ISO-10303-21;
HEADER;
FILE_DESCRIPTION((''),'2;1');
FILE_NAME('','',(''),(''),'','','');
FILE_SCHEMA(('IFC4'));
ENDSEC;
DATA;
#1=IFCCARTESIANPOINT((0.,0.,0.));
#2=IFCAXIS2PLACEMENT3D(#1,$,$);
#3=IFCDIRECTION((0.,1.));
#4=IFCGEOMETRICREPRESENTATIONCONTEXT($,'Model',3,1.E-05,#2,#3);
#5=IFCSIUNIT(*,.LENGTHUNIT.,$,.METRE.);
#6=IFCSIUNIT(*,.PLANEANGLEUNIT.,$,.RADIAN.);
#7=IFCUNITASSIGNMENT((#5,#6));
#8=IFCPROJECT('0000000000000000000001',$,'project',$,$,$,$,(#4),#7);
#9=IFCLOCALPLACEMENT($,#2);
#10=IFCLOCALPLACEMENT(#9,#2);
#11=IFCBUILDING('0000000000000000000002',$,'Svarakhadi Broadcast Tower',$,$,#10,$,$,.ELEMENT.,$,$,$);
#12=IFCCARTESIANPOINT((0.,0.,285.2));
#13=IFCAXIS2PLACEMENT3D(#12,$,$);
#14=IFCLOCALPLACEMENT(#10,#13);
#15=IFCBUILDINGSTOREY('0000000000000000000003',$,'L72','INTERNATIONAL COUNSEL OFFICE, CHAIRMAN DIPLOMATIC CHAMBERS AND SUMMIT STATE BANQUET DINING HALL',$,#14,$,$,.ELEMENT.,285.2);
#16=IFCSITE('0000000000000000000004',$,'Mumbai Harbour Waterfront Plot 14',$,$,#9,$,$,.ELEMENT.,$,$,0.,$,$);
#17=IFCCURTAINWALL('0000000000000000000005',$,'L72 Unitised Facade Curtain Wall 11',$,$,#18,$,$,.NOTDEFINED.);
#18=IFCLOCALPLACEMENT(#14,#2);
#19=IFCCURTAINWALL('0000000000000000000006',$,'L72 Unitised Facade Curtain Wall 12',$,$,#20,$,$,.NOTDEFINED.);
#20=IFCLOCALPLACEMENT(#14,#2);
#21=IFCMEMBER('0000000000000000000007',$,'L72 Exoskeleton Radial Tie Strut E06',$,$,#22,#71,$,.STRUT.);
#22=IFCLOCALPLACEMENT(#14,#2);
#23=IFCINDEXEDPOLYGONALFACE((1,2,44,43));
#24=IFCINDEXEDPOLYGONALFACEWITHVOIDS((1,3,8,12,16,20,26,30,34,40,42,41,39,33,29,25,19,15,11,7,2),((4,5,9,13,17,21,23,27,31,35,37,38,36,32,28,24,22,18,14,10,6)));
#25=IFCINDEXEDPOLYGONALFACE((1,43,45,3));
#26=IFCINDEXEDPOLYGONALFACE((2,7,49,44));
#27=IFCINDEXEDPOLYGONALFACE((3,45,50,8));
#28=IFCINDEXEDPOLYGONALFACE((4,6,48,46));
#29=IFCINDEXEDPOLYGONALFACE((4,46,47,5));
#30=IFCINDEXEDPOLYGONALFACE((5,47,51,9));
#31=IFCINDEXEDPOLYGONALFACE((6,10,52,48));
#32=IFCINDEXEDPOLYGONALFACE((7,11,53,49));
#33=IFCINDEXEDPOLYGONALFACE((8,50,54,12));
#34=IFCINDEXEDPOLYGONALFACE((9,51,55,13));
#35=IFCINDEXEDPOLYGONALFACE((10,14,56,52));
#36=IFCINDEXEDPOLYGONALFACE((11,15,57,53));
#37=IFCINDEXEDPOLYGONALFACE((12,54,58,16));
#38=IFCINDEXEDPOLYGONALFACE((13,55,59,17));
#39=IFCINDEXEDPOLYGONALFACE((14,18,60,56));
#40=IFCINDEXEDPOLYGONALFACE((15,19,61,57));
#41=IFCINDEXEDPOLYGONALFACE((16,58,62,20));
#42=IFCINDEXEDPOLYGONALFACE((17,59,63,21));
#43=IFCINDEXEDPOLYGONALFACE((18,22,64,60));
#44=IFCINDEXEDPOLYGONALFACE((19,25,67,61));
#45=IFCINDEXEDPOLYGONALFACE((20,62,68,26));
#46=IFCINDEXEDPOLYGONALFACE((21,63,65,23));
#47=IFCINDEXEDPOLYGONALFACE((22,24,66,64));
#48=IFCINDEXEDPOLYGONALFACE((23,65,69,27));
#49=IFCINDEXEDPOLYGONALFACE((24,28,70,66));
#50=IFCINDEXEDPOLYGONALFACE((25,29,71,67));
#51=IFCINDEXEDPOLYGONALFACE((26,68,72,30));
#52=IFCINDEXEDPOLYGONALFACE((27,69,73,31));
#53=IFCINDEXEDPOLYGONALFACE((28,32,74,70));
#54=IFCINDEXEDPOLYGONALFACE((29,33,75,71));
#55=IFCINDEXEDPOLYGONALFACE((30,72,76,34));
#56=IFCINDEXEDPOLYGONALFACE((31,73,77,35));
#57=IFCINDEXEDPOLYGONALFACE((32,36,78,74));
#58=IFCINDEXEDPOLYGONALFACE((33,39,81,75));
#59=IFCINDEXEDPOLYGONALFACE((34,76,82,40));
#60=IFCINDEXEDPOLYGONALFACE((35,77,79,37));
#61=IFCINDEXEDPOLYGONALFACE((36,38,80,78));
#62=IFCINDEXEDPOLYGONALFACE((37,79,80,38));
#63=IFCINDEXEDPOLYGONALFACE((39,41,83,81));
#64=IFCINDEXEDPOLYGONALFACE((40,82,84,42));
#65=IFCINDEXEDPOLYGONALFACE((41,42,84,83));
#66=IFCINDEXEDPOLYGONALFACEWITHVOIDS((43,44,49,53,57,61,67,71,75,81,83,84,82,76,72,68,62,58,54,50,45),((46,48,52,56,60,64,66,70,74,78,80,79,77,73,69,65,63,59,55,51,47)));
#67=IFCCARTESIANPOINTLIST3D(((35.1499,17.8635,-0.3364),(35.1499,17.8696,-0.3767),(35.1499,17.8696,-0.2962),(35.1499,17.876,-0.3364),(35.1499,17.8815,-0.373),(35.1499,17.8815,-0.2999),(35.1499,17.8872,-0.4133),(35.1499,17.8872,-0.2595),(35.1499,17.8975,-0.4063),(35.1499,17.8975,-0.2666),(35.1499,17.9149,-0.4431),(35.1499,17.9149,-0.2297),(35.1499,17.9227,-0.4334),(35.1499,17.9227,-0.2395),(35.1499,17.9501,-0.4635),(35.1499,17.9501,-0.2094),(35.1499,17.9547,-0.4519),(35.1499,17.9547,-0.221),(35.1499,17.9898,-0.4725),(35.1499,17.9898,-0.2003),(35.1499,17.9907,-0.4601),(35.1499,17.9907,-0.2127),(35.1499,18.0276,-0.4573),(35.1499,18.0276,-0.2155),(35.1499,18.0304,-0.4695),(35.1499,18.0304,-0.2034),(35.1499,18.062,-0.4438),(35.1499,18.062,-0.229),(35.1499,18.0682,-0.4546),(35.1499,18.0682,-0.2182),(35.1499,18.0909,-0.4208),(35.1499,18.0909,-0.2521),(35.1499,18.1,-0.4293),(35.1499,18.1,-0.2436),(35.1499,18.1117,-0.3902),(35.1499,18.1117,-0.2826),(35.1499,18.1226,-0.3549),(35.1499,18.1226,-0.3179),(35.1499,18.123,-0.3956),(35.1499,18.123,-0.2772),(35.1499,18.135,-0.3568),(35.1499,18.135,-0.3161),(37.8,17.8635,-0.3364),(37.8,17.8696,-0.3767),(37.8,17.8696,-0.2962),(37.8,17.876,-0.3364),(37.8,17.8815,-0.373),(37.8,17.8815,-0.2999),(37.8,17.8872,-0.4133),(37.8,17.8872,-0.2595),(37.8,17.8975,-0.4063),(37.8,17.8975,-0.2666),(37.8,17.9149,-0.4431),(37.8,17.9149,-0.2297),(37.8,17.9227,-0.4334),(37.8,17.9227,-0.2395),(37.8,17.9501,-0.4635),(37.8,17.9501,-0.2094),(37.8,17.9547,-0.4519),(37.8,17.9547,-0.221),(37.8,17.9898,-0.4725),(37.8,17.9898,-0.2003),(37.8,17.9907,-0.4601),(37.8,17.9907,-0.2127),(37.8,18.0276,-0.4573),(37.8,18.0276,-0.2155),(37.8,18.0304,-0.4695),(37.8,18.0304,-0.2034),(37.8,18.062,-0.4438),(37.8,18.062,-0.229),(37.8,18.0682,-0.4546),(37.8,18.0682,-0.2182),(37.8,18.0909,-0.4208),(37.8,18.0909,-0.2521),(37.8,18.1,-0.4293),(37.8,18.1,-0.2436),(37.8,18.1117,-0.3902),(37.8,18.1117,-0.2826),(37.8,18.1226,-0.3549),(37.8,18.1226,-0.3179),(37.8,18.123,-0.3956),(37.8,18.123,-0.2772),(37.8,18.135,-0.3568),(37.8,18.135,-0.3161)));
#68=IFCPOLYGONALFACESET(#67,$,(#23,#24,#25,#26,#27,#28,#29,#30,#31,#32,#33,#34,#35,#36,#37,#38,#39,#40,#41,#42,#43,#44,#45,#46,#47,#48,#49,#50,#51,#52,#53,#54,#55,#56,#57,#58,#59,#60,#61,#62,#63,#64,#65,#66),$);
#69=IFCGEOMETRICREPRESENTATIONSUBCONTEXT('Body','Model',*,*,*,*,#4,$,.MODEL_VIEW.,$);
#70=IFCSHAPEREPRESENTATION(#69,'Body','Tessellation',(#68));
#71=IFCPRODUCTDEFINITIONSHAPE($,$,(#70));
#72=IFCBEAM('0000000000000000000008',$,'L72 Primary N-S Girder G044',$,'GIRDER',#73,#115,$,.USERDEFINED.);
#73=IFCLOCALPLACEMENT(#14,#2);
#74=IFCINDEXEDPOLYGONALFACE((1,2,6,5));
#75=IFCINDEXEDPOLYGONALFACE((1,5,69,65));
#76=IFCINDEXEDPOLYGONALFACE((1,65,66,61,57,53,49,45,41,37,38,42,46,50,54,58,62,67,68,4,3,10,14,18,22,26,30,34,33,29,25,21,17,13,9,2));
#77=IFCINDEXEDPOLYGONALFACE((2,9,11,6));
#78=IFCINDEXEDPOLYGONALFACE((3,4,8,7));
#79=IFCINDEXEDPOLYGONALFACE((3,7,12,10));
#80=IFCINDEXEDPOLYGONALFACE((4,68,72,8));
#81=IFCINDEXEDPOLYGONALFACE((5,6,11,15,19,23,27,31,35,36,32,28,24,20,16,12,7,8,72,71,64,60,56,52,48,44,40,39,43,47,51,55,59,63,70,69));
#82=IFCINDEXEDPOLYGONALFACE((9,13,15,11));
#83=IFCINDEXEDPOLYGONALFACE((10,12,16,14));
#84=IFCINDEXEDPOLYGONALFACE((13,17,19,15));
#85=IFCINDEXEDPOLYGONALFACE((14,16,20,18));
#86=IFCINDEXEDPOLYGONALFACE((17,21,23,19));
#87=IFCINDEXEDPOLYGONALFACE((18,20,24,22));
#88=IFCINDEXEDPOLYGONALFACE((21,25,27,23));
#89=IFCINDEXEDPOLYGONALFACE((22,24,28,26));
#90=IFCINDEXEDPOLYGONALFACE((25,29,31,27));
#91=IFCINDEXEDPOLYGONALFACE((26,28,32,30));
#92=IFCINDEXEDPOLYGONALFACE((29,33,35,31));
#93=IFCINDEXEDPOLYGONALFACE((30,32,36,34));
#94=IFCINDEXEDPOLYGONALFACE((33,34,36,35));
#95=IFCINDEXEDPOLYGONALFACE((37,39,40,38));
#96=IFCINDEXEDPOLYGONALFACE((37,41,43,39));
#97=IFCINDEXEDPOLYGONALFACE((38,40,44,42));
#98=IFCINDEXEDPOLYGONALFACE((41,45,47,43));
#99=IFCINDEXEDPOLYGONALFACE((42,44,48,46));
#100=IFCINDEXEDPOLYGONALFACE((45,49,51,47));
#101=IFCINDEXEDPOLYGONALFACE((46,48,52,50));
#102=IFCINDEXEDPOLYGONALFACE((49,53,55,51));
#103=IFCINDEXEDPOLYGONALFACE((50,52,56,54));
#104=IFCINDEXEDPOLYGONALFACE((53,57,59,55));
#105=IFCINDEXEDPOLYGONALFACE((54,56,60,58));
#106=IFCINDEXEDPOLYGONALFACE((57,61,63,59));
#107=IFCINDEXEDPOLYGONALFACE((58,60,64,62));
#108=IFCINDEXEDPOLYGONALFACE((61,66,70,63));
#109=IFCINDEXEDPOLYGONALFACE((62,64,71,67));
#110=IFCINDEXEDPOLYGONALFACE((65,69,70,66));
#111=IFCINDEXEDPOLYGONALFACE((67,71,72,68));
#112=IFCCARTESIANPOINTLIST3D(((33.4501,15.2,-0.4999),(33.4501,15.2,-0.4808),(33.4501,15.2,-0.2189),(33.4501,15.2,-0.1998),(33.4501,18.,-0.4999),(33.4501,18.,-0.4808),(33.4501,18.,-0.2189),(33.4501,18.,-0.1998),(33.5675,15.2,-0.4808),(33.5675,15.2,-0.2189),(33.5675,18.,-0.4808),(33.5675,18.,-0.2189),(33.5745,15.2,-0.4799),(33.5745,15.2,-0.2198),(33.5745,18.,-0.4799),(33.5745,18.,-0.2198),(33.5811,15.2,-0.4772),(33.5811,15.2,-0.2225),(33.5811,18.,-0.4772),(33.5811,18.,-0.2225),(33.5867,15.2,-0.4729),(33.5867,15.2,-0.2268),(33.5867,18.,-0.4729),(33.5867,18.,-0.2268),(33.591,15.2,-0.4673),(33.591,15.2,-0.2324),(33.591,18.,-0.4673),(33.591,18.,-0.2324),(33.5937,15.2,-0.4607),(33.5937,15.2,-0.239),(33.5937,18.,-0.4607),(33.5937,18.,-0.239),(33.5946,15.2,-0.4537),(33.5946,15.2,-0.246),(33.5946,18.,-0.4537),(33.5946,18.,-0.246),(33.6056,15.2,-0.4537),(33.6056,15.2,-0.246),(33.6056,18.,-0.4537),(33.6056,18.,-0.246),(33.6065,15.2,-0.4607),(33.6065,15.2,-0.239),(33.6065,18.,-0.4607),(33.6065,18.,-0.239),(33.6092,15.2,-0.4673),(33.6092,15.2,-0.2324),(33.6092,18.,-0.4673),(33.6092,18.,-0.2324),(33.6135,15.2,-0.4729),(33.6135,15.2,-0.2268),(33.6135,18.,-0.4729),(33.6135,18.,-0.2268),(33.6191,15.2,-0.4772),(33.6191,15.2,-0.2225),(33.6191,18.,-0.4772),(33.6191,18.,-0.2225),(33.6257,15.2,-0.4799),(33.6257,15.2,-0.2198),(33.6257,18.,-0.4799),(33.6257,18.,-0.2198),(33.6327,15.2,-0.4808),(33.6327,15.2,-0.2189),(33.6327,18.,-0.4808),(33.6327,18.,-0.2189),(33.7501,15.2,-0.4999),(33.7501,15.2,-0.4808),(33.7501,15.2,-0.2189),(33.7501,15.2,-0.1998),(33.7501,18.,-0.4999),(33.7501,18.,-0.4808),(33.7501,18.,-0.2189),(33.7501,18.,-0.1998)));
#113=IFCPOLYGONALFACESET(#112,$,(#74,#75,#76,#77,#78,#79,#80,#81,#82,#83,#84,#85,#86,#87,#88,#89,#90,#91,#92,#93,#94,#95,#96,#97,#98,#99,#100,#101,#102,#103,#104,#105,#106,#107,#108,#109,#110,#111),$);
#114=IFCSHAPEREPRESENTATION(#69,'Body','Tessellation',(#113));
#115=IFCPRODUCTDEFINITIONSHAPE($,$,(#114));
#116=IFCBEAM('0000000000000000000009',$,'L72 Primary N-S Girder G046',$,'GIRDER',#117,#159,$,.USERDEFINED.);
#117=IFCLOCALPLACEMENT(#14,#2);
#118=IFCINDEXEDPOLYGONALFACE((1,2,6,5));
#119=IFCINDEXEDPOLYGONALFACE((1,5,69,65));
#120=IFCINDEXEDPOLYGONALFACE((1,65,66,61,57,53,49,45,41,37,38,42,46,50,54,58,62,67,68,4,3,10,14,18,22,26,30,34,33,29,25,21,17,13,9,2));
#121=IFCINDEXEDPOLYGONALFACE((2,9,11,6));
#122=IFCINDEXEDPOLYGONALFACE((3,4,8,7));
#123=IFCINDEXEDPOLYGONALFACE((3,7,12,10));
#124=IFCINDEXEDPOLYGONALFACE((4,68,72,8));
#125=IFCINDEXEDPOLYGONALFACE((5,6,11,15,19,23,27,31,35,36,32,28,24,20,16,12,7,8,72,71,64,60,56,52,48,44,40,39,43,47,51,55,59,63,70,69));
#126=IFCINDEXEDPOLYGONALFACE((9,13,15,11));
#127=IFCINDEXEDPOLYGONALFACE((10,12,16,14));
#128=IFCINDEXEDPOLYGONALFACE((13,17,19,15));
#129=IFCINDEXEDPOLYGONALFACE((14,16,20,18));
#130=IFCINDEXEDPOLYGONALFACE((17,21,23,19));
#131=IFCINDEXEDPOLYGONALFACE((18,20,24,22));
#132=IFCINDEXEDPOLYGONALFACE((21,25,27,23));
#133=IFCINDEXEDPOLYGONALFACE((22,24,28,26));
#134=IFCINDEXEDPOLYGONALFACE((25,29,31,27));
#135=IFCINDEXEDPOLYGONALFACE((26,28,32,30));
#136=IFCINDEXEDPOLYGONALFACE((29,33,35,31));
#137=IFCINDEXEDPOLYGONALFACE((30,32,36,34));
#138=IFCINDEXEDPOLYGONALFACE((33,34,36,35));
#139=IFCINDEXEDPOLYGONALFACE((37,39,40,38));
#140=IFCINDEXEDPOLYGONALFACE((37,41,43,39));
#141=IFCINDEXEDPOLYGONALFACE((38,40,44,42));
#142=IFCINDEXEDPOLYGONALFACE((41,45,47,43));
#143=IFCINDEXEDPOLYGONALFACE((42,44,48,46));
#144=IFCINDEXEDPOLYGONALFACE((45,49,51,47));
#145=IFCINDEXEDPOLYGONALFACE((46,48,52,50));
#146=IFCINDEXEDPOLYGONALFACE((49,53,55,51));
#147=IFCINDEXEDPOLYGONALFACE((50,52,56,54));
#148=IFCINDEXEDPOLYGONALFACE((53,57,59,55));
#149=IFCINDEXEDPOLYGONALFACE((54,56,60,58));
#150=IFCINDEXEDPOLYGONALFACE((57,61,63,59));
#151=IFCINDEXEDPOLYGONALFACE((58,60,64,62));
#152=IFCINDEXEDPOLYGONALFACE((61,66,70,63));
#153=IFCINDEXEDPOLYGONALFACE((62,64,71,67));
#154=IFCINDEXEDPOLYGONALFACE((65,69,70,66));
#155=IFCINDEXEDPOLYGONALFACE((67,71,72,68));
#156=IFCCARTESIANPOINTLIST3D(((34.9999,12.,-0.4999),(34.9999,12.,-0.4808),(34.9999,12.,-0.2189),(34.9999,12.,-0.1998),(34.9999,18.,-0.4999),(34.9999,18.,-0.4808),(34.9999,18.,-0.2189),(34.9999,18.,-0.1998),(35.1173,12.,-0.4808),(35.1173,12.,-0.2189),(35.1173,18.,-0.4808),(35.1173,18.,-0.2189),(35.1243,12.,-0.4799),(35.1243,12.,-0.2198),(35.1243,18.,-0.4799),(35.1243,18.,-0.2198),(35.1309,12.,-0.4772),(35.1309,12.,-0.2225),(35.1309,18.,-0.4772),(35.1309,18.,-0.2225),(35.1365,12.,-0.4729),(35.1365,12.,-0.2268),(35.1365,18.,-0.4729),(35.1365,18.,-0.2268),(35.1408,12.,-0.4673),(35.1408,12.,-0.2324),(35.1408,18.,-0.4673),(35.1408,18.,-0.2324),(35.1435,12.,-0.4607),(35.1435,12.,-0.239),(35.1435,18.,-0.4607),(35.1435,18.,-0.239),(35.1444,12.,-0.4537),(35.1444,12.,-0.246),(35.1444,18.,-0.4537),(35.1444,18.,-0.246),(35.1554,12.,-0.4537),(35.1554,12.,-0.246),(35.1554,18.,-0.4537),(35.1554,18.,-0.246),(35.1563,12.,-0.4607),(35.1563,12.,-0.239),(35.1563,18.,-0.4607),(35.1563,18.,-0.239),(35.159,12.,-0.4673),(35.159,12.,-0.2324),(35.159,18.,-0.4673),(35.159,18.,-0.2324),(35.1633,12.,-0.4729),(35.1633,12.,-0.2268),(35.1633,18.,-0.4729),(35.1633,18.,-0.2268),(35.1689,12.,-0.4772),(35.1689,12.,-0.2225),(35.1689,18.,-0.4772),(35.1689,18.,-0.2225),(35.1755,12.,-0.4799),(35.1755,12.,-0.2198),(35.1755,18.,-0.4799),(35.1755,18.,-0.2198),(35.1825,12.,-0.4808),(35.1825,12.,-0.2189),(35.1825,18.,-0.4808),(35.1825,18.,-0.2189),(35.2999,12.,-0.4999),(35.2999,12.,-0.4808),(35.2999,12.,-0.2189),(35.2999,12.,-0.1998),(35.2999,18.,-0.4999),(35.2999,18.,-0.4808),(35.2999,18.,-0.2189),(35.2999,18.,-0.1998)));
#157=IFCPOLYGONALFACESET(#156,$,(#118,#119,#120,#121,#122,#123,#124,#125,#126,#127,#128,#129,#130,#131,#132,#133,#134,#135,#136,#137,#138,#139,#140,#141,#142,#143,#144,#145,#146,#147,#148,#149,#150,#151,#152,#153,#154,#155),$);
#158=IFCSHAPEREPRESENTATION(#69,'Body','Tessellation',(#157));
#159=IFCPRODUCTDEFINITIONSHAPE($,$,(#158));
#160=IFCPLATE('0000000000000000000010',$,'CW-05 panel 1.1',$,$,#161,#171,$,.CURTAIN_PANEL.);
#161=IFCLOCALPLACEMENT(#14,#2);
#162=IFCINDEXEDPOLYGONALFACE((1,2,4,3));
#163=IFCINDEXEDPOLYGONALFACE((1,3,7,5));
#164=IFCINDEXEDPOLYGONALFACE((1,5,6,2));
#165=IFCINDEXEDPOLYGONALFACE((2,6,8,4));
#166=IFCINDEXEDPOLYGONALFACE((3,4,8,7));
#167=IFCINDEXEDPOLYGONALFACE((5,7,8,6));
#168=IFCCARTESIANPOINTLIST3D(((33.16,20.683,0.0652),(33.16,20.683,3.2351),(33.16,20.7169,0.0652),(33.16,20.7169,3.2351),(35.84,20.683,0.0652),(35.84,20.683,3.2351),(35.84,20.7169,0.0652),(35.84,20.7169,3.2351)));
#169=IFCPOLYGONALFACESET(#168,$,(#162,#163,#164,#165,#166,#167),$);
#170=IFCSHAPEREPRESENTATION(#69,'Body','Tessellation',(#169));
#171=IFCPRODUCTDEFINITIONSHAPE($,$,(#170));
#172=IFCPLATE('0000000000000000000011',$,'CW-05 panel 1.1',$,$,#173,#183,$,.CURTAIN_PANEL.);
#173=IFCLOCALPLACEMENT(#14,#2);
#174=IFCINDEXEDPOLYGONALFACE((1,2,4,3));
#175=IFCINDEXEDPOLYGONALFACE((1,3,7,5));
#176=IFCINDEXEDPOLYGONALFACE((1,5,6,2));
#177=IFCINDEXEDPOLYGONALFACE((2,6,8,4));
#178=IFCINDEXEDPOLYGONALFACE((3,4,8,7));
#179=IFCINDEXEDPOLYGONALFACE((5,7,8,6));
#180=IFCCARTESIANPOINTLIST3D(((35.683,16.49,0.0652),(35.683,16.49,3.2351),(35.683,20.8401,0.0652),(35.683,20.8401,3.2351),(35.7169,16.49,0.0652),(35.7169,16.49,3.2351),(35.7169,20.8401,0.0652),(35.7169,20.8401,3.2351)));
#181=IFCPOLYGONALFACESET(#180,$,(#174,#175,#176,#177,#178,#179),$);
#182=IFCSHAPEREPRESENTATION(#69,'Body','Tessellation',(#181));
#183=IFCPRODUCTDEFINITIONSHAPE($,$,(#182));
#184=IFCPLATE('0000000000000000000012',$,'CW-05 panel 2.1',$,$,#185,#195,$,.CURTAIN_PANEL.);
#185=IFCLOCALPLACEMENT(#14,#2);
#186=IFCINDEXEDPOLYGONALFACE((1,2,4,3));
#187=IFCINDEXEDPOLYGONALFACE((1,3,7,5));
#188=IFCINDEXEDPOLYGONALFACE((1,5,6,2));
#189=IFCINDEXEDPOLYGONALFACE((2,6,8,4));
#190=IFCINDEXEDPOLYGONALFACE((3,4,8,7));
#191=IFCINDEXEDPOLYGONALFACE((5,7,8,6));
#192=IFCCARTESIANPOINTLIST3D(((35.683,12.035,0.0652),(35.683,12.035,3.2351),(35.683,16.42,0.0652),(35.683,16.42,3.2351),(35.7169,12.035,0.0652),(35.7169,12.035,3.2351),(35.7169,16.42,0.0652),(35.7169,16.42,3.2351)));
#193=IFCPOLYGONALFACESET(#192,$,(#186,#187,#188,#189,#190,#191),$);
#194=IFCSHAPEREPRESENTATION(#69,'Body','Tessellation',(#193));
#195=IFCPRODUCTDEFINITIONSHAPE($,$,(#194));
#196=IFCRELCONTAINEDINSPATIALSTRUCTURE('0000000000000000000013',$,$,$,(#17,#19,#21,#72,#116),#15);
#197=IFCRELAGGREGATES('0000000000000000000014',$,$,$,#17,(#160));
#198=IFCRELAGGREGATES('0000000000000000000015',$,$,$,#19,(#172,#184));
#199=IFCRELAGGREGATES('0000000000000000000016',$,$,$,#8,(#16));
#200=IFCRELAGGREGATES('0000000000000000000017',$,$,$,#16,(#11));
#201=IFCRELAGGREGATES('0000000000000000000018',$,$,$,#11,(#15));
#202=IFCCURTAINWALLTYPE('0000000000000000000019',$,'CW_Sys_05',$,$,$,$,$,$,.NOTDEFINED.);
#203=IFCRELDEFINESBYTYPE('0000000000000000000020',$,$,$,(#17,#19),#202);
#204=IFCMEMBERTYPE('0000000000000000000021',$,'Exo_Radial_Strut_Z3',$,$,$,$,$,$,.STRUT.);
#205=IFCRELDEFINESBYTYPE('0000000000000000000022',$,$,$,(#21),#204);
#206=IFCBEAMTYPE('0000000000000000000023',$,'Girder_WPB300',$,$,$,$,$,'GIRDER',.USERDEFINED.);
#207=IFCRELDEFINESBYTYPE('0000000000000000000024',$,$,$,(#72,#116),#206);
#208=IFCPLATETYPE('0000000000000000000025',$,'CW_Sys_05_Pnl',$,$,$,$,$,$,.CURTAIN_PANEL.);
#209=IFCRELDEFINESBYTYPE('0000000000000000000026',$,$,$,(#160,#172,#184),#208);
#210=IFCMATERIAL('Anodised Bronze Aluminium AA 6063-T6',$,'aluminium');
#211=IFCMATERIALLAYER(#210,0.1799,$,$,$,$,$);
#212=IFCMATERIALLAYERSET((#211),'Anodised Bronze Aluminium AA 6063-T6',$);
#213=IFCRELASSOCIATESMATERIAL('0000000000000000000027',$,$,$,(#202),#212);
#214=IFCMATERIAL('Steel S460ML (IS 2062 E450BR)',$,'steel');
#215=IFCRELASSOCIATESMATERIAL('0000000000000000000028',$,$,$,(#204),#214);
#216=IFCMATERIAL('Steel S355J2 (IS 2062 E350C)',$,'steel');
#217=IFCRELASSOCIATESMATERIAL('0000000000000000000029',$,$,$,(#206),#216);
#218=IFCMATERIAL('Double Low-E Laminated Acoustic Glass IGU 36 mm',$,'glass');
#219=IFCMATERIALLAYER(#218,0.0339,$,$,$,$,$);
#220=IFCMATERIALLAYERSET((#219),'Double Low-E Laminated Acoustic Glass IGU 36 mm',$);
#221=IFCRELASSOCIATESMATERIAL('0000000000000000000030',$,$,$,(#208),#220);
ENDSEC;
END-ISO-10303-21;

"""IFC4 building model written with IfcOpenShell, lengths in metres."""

from ifc_helpers import new_model, si_unit, direction, frame, origin, origin_2d, place, context, subcontext, project, spatial, rectangle, hollow_circle, i_section, extrude, material, layer, layer_set, material_profile, profile_set, type_object, element, aggregate, save


model = new_model("IFC4")

# Units and contexts
model_context = context("Model", 3, precision=1e-05, world=origin(), true_north=direction((0.0, 1.0)))
body_context = subcontext(model_context, "Body", "Model", "MODEL_VIEW")
ifc_project = project(units=[si_unit("LENGTHUNIT", "METRE"), si_unit("PLANEANGLEUNIT", "RADIAN")], contexts=[model_context])

# Site, building, storey
site_placement = place(None, origin())
site = spatial("IfcSite", under=ifc_project, at=site_placement, Name="Mumbai Harbour Waterfront Plot 14", CompositionType="ELEMENT", RefElevation=0.0)
building_placement = place(site_placement, origin())
building = spatial("IfcBuilding", under=site, at=building_placement, Name="Svarakhadi Broadcast Tower", CompositionType="ELEMENT")
storey_placement = place(building_placement, frame((0.0, 0.0, 285.2)))
storey = spatial("IfcBuildingStorey", under=building, at=storey_placement, Name="L72", Description="INTERNATIONAL COUNSEL OFFICE, CHAIRMAN DIPLOMATIC CHAMBERS AND SUMMIT STATE BANQUET DINING HALL", CompositionType="ELEMENT", Elevation=285.2)

# Shared definitions
ifc_material_1 = material(Name="Steel S460ML (IS 2062 E450BR)", Category="steel")

# Curtain wall
ifc_material_2 = material(Name="Anodised Bronze Aluminium AA 6063-T6", Category="aluminium")
ifc_layer_1 = layer(ifc_material_2, 0.1799)
ifc_layer_set_1 = layer_set([ifc_layer_1], Name="Anodised Bronze Aluminium AA 6063-T6")
curtain_wall_type = type_object("IfcCurtainWallType", Name="CW_Sys_05", PredefinedType="NOTDEFINED", material=ifc_layer_set_1)
curtain_wall_1_placement = place(storey_placement, origin())
curtain_wall_1 = element("IfcCurtainWall", 1, at=curtain_wall_1_placement, inside=storey, type_object=curtain_wall_type, Name="L72 Unitised Facade Curtain Wall 11", PredefinedType="NOTDEFINED")

# Curtain wall
curtain_wall_2_placement = place(storey_placement, origin())
curtain_wall_2 = element("IfcCurtainWall", 2, at=curtain_wall_2_placement, inside=storey, type_object=curtain_wall_type, Name="L72 Unitised Facade Curtain Wall 12", PredefinedType="NOTDEFINED")

# Member
ifc_material_profile_1 = material_profile(ifc_material_1, hollow_circle(Radius=0.1365, WallThickness=0.0125, at=origin_2d()), Name="CHS 273x12.5")
ifc_profile_set_1 = profile_set([ifc_material_profile_1], Name="Steel S460ML (IS 2062 E450BR)")
member_type_1 = type_object("IfcMemberType", Name="Exo_Radial_Strut_Z3", PredefinedType="STRUT", material=ifc_profile_set_1)
member_1_placement = place(storey_placement, frame((37.8, 18.0, -0.3364), z_axis=(-1.0, 0.0, 0.0), x_axis=(0.0, -1.0, 0.0)))
element("IfcMember", 3, at=member_1_placement, inside=storey, type_object=member_type_1, Name="L72 Exoskeleton Radial Tie Strut E06", PredefinedType="STRUT", context=body_context, shape_type="SweptSolid", body=[
    extrude(hollow_circle(Radius=0.1365, WallThickness=0.0125, at=origin_2d()), origin(), (0.0, 0.0, 1.0), 2.6501),
])

# Beams
ifc_material_3 = material(Name="Steel S355J2 (IS 2062 E350C)", Category="steel")
ifc_material_profile_2 = material_profile(ifc_material_3, i_section(OverallWidth=0.3, OverallDepth=0.3, WebThickness=0.011, FlangeThickness=0.019, FilletRadius=0.0271, at=origin_2d()), Name="WPB 300x300x117")
ifc_profile_set_2 = profile_set([ifc_material_profile_2], Name="Steel S355J2 (IS 2062 E350C)")
beam_type = type_object("IfcBeamType", Name="Girder_WPB300", ElementType="GIRDER", PredefinedType="USERDEFINED", material=ifc_profile_set_2)
beam_1_placement = place(storey_placement, frame((33.6001, 15.2, -0.3499), z_axis=(0.0, 1.0, 0.0), x_axis=(-1.0, 0.0, 0.0)))
element("IfcBeam", 4, at=beam_1_placement, inside=storey, type_object=beam_type, Name="L72 Primary N-S Girder G044", ObjectType="GIRDER", PredefinedType="USERDEFINED", context=body_context, shape_type="SweptSolid", body=[
    extrude(i_section(OverallWidth=0.3, OverallDepth=0.3, WebThickness=0.011, FlangeThickness=0.019, FilletRadius=0.0271, at=origin_2d()), origin(), (0.0, 0.0, 1.0), 2.8),
])
beam_2_placement = place(storey_placement, frame((35.1499, 12.0, -0.3499), z_axis=(0.0, 1.0, 0.0), x_axis=(-1.0, 0.0, 0.0)))
element("IfcBeam", 5, at=beam_2_placement, inside=storey, type_object=beam_type, Name="L72 Primary N-S Girder G046", ObjectType="GIRDER", PredefinedType="USERDEFINED", context=body_context, shape_type="SweptSolid", body=[
    extrude(i_section(OverallWidth=0.3, OverallDepth=0.3, WebThickness=0.011, FlangeThickness=0.019, FilletRadius=0.0271, at=origin_2d()), origin(), (0.0, 0.0, 1.0), 6.0),
])

# Plates
ifc_material_4 = material(Name="Double Low-E Laminated Acoustic Glass IGU 36 mm", Category="glass")
ifc_layer_2 = layer(ifc_material_4, 0.0339)
ifc_layer_set_2 = layer_set([ifc_layer_2], Name="Double Low-E Laminated Acoustic Glass IGU 36 mm")
plate_type_1 = type_object("IfcPlateType", Name="CW_Sys_05_Pnl", PredefinedType="CURTAIN_PANEL", material=ifc_layer_set_2)
plate_1_placement = place(storey_placement, frame((34.5, 20.7, 0.0652), z_axis=(0.0, 0.0, 1.0), x_axis=(1.0, 0.0, 0.0)))
plate_1 = element("IfcPlate", 6, at=plate_1_placement, type_object=plate_type_1, Name="CW-05 panel 1.1", PredefinedType="CURTAIN_PANEL", context=body_context, shape_type="SweptSolid", body=[
    extrude(rectangle(XDim=2.6799, YDim=0.0339, at=origin_2d()), origin(), (0.0, 0.0, 1.0), 3.1699),
])
aggregate(curtain_wall_1, [plate_1])
plate_2_placement = place(storey_placement, frame((35.7, 18.665, 0.0652), z_axis=(0.0, 0.0, 1.0), x_axis=(0.0, -1.0, 0.0)))
plate_2 = element("IfcPlate", 7, at=plate_2_placement, type_object=plate_type_1, Name="CW-05 panel 1.1", PredefinedType="CURTAIN_PANEL", context=body_context, shape_type="SweptSolid", body=[
    extrude(rectangle(XDim=4.3501, YDim=0.0339, at=origin_2d()), origin(), (0.0, 0.0, 1.0), 3.1699),
])
plate_3_placement = place(storey_placement, frame((35.7, 14.2275, 0.0652), z_axis=(0.0, 0.0, 1.0), x_axis=(0.0, -1.0, 0.0)))
plate_3 = element("IfcPlate", 8, at=plate_3_placement, type_object=plate_type_1, Name="CW-05 panel 2.1", PredefinedType="CURTAIN_PANEL", context=body_context, shape_type="SweptSolid", body=[
    extrude(rectangle(XDim=4.385, YDim=0.0339, at=origin_2d()), origin(), (0.0, 0.0, 1.0), 3.1699),
])
aggregate(curtain_wall_2, [plate_2, plate_3])

save(model, "model.ifc")
